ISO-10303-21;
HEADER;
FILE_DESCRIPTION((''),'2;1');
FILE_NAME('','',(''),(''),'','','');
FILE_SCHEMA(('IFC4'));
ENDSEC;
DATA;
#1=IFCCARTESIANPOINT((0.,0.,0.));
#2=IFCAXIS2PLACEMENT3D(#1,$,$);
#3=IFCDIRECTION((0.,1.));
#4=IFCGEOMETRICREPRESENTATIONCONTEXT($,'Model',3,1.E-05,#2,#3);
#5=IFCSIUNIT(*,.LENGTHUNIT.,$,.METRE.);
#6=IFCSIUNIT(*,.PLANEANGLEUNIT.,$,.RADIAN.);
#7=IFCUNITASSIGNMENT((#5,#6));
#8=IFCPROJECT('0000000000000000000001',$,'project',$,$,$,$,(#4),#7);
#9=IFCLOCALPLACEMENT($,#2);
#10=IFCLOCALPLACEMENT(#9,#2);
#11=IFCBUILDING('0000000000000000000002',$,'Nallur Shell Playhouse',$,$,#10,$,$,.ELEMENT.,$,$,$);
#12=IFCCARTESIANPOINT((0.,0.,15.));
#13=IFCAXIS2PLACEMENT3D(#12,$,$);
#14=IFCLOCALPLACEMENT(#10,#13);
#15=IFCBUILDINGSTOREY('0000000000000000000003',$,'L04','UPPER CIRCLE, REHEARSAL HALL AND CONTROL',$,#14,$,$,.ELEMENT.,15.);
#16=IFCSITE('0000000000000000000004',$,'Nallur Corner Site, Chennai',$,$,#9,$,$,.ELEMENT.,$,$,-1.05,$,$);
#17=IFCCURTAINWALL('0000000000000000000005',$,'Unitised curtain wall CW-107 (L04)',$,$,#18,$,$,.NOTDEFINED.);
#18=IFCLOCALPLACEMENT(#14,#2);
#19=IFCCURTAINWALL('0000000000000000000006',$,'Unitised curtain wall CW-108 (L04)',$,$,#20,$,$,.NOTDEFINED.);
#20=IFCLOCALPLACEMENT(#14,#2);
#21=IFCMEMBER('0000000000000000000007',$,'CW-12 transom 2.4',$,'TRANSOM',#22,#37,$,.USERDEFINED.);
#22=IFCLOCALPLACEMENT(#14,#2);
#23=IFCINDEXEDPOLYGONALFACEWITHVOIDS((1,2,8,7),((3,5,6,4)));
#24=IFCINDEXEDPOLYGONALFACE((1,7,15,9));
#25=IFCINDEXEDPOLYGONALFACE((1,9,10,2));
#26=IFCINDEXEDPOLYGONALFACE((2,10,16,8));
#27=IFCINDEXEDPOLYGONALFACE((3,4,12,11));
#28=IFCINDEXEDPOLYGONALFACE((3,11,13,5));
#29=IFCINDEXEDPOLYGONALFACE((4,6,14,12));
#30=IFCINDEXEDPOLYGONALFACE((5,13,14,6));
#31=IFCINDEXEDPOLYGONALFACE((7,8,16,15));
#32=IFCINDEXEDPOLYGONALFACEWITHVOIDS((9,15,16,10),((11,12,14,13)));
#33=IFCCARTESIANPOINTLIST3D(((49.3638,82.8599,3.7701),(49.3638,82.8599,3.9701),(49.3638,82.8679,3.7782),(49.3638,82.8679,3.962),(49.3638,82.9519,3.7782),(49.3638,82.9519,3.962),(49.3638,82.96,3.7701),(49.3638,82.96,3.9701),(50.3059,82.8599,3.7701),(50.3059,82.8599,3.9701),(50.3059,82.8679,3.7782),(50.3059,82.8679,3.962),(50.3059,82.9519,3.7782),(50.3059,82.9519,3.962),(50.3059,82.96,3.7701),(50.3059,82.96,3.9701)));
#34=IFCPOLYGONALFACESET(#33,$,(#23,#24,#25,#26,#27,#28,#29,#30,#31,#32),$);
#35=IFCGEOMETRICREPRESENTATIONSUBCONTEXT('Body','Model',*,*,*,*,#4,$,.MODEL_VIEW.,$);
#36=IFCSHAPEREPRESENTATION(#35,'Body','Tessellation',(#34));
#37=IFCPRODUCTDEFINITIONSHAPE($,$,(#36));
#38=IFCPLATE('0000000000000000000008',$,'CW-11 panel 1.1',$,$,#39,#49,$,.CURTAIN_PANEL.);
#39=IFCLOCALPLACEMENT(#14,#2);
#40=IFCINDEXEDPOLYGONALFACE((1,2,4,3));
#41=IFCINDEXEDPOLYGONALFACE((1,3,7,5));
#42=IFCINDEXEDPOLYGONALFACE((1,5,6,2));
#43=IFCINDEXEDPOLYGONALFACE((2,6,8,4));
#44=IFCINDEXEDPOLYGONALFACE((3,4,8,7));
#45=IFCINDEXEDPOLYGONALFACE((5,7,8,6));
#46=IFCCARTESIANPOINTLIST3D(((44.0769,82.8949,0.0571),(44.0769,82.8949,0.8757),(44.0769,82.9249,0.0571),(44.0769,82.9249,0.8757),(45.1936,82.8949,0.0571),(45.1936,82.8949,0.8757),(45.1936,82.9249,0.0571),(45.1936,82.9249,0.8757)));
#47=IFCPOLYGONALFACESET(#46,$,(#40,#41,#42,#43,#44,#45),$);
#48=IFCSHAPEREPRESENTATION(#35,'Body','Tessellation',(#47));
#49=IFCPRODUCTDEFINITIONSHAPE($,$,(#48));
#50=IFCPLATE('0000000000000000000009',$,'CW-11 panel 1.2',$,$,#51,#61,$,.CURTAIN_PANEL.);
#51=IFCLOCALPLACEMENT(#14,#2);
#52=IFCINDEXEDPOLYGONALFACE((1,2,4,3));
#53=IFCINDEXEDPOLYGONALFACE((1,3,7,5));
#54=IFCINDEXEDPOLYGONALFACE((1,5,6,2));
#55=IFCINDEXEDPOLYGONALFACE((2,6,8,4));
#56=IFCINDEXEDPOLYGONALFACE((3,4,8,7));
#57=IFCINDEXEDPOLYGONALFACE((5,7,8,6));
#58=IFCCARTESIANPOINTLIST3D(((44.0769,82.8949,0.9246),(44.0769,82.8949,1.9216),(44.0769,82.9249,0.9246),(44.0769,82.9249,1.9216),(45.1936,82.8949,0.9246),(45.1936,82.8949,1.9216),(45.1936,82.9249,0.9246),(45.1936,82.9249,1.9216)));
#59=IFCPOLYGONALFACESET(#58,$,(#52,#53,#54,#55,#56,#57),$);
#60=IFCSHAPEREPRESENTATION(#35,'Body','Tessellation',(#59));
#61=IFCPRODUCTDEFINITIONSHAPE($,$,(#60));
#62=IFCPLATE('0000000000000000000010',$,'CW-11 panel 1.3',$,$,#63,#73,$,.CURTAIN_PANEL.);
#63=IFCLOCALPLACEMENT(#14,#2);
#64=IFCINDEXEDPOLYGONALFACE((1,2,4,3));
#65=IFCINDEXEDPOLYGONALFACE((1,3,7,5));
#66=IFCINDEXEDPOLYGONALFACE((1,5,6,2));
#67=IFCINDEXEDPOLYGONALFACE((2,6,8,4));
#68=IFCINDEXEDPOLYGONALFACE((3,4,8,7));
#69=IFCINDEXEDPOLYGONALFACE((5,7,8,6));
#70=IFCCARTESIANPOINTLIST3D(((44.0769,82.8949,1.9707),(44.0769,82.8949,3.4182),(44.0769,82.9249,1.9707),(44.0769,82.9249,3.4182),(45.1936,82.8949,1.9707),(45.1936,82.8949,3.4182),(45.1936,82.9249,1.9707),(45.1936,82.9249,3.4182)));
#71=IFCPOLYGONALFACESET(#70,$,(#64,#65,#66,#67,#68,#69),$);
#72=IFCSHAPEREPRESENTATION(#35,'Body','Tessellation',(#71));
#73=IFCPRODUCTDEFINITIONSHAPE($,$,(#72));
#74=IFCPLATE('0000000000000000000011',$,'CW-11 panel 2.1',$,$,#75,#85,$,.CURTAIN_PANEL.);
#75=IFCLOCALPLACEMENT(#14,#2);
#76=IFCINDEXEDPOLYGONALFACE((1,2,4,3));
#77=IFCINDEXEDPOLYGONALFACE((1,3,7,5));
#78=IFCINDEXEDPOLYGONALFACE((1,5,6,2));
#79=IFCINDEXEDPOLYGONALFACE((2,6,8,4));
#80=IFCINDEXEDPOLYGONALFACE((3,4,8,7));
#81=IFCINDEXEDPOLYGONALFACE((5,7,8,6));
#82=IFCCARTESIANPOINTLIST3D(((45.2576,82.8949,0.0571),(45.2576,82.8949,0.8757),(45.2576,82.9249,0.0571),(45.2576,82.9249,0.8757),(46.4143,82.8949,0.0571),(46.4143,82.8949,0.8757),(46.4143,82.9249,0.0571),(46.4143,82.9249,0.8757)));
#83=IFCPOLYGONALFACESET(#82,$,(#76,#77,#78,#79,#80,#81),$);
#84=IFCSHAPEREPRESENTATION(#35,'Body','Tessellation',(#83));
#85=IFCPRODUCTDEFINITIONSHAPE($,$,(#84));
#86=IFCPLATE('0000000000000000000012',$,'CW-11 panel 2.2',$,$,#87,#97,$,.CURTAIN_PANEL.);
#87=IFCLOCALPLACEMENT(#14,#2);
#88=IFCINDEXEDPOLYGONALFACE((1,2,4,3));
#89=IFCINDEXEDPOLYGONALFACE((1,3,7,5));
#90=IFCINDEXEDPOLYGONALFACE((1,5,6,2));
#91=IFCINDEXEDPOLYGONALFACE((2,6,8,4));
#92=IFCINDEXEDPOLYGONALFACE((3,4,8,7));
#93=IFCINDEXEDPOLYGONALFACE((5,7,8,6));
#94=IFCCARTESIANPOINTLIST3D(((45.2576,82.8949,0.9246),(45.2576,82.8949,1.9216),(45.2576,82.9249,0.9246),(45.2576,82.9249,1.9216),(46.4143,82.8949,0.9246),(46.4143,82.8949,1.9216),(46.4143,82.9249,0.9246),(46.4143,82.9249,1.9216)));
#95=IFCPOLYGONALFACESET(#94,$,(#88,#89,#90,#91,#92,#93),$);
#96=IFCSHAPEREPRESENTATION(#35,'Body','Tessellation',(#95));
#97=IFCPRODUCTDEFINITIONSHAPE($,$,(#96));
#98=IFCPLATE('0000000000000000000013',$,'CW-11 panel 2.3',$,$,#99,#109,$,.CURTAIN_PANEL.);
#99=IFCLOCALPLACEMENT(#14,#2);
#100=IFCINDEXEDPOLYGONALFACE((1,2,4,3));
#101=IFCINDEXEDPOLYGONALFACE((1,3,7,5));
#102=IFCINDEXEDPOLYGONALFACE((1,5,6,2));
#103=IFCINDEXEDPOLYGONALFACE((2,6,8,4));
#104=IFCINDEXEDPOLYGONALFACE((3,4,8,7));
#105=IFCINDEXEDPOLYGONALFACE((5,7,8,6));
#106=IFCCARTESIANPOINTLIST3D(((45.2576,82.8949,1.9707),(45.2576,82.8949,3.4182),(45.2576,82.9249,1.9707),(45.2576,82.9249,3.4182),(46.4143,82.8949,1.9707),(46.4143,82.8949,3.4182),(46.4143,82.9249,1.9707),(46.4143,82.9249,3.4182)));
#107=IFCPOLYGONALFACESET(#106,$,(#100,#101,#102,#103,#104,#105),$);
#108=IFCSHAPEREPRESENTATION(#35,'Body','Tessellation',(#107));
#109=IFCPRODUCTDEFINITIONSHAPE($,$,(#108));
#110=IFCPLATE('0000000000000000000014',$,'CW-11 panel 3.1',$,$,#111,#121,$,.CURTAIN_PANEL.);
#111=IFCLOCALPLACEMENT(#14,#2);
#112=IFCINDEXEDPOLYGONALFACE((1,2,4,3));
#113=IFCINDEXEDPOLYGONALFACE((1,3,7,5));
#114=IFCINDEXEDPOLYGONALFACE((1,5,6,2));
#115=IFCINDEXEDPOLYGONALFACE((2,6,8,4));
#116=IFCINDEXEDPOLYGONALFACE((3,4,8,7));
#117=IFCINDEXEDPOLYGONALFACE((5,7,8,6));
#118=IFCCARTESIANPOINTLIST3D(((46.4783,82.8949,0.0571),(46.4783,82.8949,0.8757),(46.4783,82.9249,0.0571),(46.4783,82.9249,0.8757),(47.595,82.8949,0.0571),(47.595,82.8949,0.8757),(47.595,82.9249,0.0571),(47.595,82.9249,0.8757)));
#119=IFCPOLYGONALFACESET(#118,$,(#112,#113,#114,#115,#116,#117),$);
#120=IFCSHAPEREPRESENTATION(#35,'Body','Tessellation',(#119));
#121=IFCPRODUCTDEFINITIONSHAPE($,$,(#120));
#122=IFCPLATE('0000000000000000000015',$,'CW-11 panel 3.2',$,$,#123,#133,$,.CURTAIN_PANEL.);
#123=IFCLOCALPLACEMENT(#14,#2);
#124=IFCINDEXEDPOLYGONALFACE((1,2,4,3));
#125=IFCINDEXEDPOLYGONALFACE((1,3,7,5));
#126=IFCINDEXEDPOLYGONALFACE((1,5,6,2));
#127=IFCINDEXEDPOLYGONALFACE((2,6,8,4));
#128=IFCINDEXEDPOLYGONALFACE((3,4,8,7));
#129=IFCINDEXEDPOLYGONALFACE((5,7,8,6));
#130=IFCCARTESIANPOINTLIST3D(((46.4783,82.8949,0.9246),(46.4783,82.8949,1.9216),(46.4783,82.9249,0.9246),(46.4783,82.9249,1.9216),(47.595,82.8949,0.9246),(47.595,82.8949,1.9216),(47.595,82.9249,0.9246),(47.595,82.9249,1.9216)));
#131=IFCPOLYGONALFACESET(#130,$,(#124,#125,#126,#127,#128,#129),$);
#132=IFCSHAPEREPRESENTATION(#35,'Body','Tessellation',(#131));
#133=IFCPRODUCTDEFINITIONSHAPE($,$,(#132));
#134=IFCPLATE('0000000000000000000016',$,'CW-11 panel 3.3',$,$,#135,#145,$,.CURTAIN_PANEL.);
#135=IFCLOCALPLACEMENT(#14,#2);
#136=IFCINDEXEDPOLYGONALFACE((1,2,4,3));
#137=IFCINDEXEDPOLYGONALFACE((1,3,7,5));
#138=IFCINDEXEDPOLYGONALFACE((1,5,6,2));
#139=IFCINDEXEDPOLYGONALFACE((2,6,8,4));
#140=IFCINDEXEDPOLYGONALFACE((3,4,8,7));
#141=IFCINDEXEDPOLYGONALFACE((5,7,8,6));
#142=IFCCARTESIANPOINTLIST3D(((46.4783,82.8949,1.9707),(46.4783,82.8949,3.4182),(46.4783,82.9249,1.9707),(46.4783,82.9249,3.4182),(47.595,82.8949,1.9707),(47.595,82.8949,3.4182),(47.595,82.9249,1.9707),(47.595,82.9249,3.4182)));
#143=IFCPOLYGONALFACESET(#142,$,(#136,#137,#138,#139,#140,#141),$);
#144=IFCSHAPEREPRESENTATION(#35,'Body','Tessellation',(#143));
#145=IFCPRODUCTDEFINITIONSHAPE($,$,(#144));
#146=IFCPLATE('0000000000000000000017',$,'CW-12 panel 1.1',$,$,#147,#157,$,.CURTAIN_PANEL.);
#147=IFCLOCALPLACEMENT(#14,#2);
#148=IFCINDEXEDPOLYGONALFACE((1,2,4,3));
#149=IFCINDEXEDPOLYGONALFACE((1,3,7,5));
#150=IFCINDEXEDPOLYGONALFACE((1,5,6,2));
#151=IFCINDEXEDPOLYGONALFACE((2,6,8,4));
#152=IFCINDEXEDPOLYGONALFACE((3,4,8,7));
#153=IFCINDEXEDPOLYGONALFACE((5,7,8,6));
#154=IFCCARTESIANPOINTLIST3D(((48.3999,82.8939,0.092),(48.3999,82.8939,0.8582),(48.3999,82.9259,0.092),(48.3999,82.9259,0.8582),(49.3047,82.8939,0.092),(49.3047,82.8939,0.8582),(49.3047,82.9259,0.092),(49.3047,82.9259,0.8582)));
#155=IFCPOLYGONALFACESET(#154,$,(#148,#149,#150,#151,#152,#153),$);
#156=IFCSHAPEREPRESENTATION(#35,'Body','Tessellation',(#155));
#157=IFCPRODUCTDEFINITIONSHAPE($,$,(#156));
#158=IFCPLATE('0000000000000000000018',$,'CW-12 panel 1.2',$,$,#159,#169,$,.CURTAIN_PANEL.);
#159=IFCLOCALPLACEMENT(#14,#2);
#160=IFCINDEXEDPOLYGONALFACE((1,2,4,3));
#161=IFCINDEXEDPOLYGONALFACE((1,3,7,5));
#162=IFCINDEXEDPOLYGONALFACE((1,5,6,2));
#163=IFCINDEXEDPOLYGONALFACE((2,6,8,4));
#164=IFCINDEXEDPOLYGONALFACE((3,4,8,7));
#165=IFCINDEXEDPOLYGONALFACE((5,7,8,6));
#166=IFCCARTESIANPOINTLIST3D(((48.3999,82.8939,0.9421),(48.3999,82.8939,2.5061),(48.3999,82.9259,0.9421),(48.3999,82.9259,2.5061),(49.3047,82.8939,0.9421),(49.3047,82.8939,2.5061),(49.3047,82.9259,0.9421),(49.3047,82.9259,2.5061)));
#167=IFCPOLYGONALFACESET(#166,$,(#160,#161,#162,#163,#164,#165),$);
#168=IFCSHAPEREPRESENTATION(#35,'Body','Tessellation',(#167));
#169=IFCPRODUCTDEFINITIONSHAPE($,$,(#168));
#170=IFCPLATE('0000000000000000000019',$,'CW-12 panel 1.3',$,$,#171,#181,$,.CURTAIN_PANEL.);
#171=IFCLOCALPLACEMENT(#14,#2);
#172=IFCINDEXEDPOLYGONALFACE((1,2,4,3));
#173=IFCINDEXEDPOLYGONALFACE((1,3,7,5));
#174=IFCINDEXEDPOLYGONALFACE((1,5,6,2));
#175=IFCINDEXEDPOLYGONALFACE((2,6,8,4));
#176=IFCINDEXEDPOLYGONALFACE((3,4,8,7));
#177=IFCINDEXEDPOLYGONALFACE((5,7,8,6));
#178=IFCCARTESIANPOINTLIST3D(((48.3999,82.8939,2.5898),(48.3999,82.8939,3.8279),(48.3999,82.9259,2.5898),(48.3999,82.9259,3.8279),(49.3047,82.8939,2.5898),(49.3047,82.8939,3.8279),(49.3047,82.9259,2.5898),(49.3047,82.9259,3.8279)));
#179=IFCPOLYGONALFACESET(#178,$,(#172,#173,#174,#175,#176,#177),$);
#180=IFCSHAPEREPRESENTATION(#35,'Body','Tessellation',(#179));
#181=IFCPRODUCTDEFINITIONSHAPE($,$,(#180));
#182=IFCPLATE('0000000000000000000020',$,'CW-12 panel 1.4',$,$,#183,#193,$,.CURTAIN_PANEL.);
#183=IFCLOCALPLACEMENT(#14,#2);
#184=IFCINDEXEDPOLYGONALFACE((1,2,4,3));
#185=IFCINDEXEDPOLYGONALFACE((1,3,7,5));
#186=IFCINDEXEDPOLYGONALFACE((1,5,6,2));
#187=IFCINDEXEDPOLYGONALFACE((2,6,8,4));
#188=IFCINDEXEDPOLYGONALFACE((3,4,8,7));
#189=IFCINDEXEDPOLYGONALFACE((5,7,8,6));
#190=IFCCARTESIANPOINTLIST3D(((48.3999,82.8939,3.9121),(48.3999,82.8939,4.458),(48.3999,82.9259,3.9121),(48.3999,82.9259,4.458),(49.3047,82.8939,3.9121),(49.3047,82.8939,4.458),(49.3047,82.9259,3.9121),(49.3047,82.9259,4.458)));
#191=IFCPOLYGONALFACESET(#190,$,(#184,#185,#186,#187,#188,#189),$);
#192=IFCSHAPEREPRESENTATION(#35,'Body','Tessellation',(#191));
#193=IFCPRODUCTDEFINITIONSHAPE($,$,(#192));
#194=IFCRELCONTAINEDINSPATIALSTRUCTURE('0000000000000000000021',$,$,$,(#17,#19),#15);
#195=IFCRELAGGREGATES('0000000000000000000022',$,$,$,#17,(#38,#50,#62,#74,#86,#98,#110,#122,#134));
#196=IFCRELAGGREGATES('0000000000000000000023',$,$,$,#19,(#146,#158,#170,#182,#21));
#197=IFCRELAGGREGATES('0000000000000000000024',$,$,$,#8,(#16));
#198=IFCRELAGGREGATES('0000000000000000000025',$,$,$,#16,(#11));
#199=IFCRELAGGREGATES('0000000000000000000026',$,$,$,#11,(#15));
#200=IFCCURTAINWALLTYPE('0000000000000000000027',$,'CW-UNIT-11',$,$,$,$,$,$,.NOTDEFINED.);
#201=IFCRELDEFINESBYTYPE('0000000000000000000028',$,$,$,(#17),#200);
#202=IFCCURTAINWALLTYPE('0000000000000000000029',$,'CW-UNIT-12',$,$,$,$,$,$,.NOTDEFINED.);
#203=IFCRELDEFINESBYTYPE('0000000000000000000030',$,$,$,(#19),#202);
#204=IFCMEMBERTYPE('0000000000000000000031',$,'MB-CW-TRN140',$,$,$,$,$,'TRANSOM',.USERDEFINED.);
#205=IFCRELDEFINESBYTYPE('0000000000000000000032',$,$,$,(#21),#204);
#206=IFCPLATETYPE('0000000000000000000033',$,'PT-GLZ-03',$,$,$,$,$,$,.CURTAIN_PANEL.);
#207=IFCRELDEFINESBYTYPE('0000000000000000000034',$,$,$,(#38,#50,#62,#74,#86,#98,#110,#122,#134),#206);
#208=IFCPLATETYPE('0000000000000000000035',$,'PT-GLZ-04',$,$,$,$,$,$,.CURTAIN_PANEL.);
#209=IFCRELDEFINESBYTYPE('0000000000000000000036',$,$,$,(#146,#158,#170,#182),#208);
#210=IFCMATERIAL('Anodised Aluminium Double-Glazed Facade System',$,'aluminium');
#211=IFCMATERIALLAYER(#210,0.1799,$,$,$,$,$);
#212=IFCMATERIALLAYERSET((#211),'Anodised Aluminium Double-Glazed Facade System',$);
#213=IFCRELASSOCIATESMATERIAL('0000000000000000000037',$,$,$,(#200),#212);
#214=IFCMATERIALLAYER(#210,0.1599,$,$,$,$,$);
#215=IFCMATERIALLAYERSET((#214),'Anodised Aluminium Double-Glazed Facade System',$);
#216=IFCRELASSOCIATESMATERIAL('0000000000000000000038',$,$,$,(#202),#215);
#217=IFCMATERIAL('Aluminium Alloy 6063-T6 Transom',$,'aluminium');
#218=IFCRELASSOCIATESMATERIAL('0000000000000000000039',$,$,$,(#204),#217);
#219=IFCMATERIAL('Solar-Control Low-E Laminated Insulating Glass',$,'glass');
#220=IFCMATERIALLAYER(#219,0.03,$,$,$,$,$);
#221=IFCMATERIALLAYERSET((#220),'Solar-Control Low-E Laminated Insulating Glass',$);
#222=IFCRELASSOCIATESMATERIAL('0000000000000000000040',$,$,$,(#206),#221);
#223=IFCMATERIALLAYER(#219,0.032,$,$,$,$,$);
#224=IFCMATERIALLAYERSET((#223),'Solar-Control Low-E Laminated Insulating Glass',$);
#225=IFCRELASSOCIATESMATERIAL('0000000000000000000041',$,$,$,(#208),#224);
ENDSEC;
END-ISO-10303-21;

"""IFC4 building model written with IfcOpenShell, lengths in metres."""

from ifc_helpers import new_model, si_unit, direction, frame, origin, origin_2d, place, context, subcontext, project, spatial, rectangle, hollow_rectangle, extrude, material, layer, layer_set, material_profile, profile_set, type_object, element, aggregate, save


model = new_model("IFC4")

# Units and contexts
model_context = context("Model", 3, precision=1e-05, world=origin(), true_north=direction((0.0, 1.0)))
body_context = subcontext(model_context, "Body", "Model", "MODEL_VIEW")
ifc_project = project(units=[si_unit("LENGTHUNIT", "METRE"), si_unit("PLANEANGLEUNIT", "RADIAN")], contexts=[model_context])

# Site, building, storey
site_placement = place(None, origin())
site = spatial("IfcSite", under=ifc_project, at=site_placement, Name="Nallur Corner Site, Chennai", CompositionType="ELEMENT", RefElevation=-1.05)
building_placement = place(site_placement, origin())
building = spatial("IfcBuilding", under=site, at=building_placement, Name="Nallur Shell Playhouse", CompositionType="ELEMENT")
storey_placement = place(building_placement, frame((0.0, 0.0, 15.0)))
storey = spatial("IfcBuildingStorey", under=building, at=storey_placement, Name="L04", Description="UPPER CIRCLE, REHEARSAL HALL AND CONTROL", CompositionType="ELEMENT", Elevation=15.0)

# Curtain walls
ifc_material_1 = material(Name="Anodised Aluminium Double-Glazed Facade System", Category="aluminium")
ifc_layer_1 = layer(ifc_material_1, 0.1799)
ifc_layer_set_1 = layer_set([ifc_layer_1], Name="Anodised Aluminium Double-Glazed Facade System")
curtain_wall_type_1 = type_object("IfcCurtainWallType", Name="CW-UNIT-11", PredefinedType="NOTDEFINED", material=ifc_layer_set_1)
curtain_wall_1_placement = place(storey_placement, origin())
curtain_wall_1 = element("IfcCurtainWall", 1, at=curtain_wall_1_placement, inside=storey, type_object=curtain_wall_type_1, Name="Unitised curtain wall CW-107 (L04)", PredefinedType="NOTDEFINED")
ifc_layer_2 = layer(ifc_material_1, 0.1599)
ifc_layer_set_2 = layer_set([ifc_layer_2], Name="Anodised Aluminium Double-Glazed Facade System")
curtain_wall_type_2 = type_object("IfcCurtainWallType", Name="CW-UNIT-12", PredefinedType="NOTDEFINED", material=ifc_layer_set_2)
curtain_wall_2_placement = place(storey_placement, origin())
curtain_wall_2 = element("IfcCurtainWall", 2, at=curtain_wall_2_placement, inside=storey, type_object=curtain_wall_type_2, Name="Unitised curtain wall CW-108 (L04)", PredefinedType="NOTDEFINED")

# Member
ifc_material_2 = material(Name="Aluminium Alloy 6063-T6 Transom", Category="aluminium")
ifc_material_profile_1 = material_profile(ifc_material_2, hollow_rectangle(XDim=0.1001, YDim=0.2, WallThickness=0.0081, at=origin_2d()), Name="RHS 200x100x8")
ifc_profile_set_1 = profile_set([ifc_material_profile_1], Name="Aluminium Alloy 6063-T6 Transom")
member_type_1 = type_object("IfcMemberType", Name="MB-CW-TRN140", ElementType="TRANSOM", PredefinedType="USERDEFINED", material=ifc_profile_set_1)
member_1_placement = place(storey_placement, frame((49.3638, 82.9099, 3.8701), z_axis=(1.0, 0.0, 0.0), x_axis=(0.0, 1.0, 0.0)))
member_1 = element("IfcMember", 3, at=member_1_placement, type_object=member_type_1, Name="CW-12 transom 2.4", ObjectType="TRANSOM", PredefinedType="USERDEFINED", context=body_context, shape_type="SweptSolid", body=[
    extrude(hollow_rectangle(XDim=0.1001, YDim=0.2, WallThickness=0.0081, at=origin_2d()), origin(), (0.0, 0.0, 1.0), 0.9421),
])

# Plates
ifc_material_3 = material(Name="Solar-Control Low-E Laminated Insulating Glass", Category="glass")
ifc_layer_3 = layer(ifc_material_3, 0.03)
ifc_layer_set_3 = layer_set([ifc_layer_3], Name="Solar-Control Low-E Laminated Insulating Glass")
plate_type_1 = type_object("IfcPlateType", Name="PT-GLZ-03", PredefinedType="CURTAIN_PANEL", material=ifc_layer_set_3)
plate_1_placement = place(storey_placement, frame((44.6353, 82.9099, 0.0571), z_axis=(0.0, 0.0, 1.0), x_axis=(1.0, 0.0, 0.0)))
plate_1 = element("IfcPlate", 4, at=plate_1_placement, type_object=plate_type_1, Name="CW-11 panel 1.1", PredefinedType="CURTAIN_PANEL", context=body_context, shape_type="SweptSolid", body=[
    extrude(rectangle(XDim=1.1167, YDim=0.03, at=origin_2d()), origin(), (0.0, 0.0, 1.0), 0.8186),
])
plate_2_placement = place(storey_placement, frame((44.6353, 82.9099, 0.9246), z_axis=(0.0, 0.0, 1.0), x_axis=(1.0, 0.0, 0.0)))
plate_2 = element("IfcPlate", 5, at=plate_2_placement, type_object=plate_type_1, Name="CW-11 panel 1.2", PredefinedType="CURTAIN_PANEL", context=body_context, shape_type="SweptSolid", body=[
    extrude(rectangle(XDim=1.1167, YDim=0.03, at=origin_2d()), origin(), (0.0, 0.0, 1.0), 0.9971),
])
plate_3_placement = place(storey_placement, frame((44.6353, 82.9099, 1.9707), z_axis=(0.0, 0.0, 1.0), x_axis=(1.0, 0.0, 0.0)))
plate_3 = element("IfcPlate", 6, at=plate_3_placement, type_object=plate_type_1, Name="CW-11 panel 1.3", PredefinedType="CURTAIN_PANEL", context=body_context, shape_type="SweptSolid", body=[
    extrude(rectangle(XDim=1.1167, YDim=0.03, at=origin_2d()), origin(), (0.0, 0.0, 1.0), 1.4475),
])
plate_4_placement = place(storey_placement, frame((45.8359, 82.9099, 0.0571), z_axis=(0.0, 0.0, 1.0), x_axis=(1.0, 0.0, 0.0)))
plate_4 = element("IfcPlate", 7, at=plate_4_placement, type_object=plate_type_1, Name="CW-11 panel 2.1", PredefinedType="CURTAIN_PANEL", context=body_context, shape_type="SweptSolid", body=[
    extrude(rectangle(XDim=1.1567, YDim=0.03, at=origin_2d()), origin(), (0.0, 0.0, 1.0), 0.8186),
])
plate_5_placement = place(storey_placement, frame((45.8359, 82.9099, 0.9246), z_axis=(0.0, 0.0, 1.0), x_axis=(1.0, 0.0, 0.0)))
plate_5 = element("IfcPlate", 8, at=plate_5_placement, type_object=plate_type_1, Name="CW-11 panel 2.2", PredefinedType="CURTAIN_PANEL", context=body_context, shape_type="SweptSolid", body=[
    extrude(rectangle(XDim=1.1567, YDim=0.03, at=origin_2d()), origin(), (0.0, 0.0, 1.0), 0.9971),
])
plate_6_placement = place(storey_placement, frame((45.8359, 82.9099, 1.9707), z_axis=(0.0, 0.0, 1.0), x_axis=(1.0, 0.0, 0.0)))
plate_6 = element("IfcPlate", 9, at=plate_6_placement, type_object=plate_type_1, Name="CW-11 panel 2.3", PredefinedType="CURTAIN_PANEL", context=body_context, shape_type="SweptSolid", body=[
    extrude(rectangle(XDim=1.1567, YDim=0.03, at=origin_2d()), origin(), (0.0, 0.0, 1.0), 1.4475),
])
plate_7_placement = place(storey_placement, frame((47.0366, 82.9099, 0.0571), z_axis=(0.0, 0.0, 1.0), x_axis=(1.0, 0.0, 0.0)))
plate_7 = element("IfcPlate", 10, at=plate_7_placement, type_object=plate_type_1, Name="CW-11 panel 3.1", PredefinedType="CURTAIN_PANEL", context=body_context, shape_type="SweptSolid", body=[
    extrude(rectangle(XDim=1.1167, YDim=0.03, at=origin_2d()), origin(), (0.0, 0.0, 1.0), 0.8186),
])
plate_8_placement = place(storey_placement, frame((47.0366, 82.9099, 0.9246), z_axis=(0.0, 0.0, 1.0), x_axis=(1.0, 0.0, 0.0)))
plate_8 = element("IfcPlate", 11, at=plate_8_placement, type_object=plate_type_1, Name="CW-11 panel 3.2", PredefinedType="CURTAIN_PANEL", context=body_context, shape_type="SweptSolid", body=[
    extrude(rectangle(XDim=1.1167, YDim=0.03, at=origin_2d()), origin(), (0.0, 0.0, 1.0), 0.9971),
])
plate_9_placement = place(storey_placement, frame((47.0366, 82.9099, 1.9707), z_axis=(0.0, 0.0, 1.0), x_axis=(1.0, 0.0, 0.0)))
plate_9 = element("IfcPlate", 12, at=plate_9_placement, type_object=plate_type_1, Name="CW-11 panel 3.3", PredefinedType="CURTAIN_PANEL", context=body_context, shape_type="SweptSolid", body=[
    extrude(rectangle(XDim=1.1167, YDim=0.03, at=origin_2d()), origin(), (0.0, 0.0, 1.0), 1.4475),
])
aggregate(curtain_wall_1, [plate_1, plate_2, plate_3, plate_4, plate_5, plate_6, plate_7, plate_8, plate_9])
ifc_layer_4 = layer(ifc_material_3, 0.032)
ifc_layer_set_4 = layer_set([ifc_layer_4], Name="Solar-Control Low-E Laminated Insulating Glass")
plate_type_2 = type_object("IfcPlateType", Name="PT-GLZ-04", PredefinedType="CURTAIN_PANEL", material=ifc_layer_set_4)
plate_10_placement = place(storey_placement, frame((48.8523, 82.9099, 0.092), z_axis=(0.0, 0.0, 1.0), x_axis=(1.0, 0.0, 0.0)))
plate_10 = element("IfcPlate", 13, at=plate_10_placement, type_object=plate_type_2, Name="CW-12 panel 1.1", PredefinedType="CURTAIN_PANEL", context=body_context, shape_type="SweptSolid", body=[
    extrude(rectangle(XDim=0.9048, YDim=0.032, at=origin_2d()), origin(), (0.0, 0.0, 1.0), 0.7661),
])
plate_11_placement = place(storey_placement, frame((48.8523, 82.9099, 0.9421), z_axis=(0.0, 0.0, 1.0), x_axis=(1.0, 0.0, 0.0)))
plate_11 = element("IfcPlate", 14, at=plate_11_placement, type_object=plate_type_2, Name="CW-12 panel 1.2", PredefinedType="CURTAIN_PANEL", context=body_context, shape_type="SweptSolid", body=[
    extrude(rectangle(XDim=0.9048, YDim=0.032, at=origin_2d()), origin(), (0.0, 0.0, 1.0), 1.564),
])
plate_12_placement = place(storey_placement, frame((48.8523, 82.9099, 2.5898), z_axis=(0.0, 0.0, 1.0), x_axis=(1.0, 0.0, 0.0)))
plate_12 = element("IfcPlate", 15, at=plate_12_placement, type_object=plate_type_2, Name="CW-12 panel 1.3", PredefinedType="CURTAIN_PANEL", context=body_context, shape_type="SweptSolid", body=[
    extrude(rectangle(XDim=0.9048, YDim=0.032, at=origin_2d()), origin(), (0.0, 0.0, 1.0), 1.238),
])
plate_13_placement = place(storey_placement, frame((48.8523, 82.9099, 3.9121), z_axis=(0.0, 0.0, 1.0), x_axis=(1.0, 0.0, 0.0)))
plate_13 = element("IfcPlate", 16, at=plate_13_placement, type_object=plate_type_2, Name="CW-12 panel 1.4", PredefinedType="CURTAIN_PANEL", context=body_context, shape_type="SweptSolid", body=[
    extrude(rectangle(XDim=0.9048, YDim=0.032, at=origin_2d()), origin(), (0.0, 0.0, 1.0), 0.5459),
])
aggregate(curtain_wall_2, [plate_10, plate_11, plate_12, plate_13, member_1])

save(model, "model.ifc")
